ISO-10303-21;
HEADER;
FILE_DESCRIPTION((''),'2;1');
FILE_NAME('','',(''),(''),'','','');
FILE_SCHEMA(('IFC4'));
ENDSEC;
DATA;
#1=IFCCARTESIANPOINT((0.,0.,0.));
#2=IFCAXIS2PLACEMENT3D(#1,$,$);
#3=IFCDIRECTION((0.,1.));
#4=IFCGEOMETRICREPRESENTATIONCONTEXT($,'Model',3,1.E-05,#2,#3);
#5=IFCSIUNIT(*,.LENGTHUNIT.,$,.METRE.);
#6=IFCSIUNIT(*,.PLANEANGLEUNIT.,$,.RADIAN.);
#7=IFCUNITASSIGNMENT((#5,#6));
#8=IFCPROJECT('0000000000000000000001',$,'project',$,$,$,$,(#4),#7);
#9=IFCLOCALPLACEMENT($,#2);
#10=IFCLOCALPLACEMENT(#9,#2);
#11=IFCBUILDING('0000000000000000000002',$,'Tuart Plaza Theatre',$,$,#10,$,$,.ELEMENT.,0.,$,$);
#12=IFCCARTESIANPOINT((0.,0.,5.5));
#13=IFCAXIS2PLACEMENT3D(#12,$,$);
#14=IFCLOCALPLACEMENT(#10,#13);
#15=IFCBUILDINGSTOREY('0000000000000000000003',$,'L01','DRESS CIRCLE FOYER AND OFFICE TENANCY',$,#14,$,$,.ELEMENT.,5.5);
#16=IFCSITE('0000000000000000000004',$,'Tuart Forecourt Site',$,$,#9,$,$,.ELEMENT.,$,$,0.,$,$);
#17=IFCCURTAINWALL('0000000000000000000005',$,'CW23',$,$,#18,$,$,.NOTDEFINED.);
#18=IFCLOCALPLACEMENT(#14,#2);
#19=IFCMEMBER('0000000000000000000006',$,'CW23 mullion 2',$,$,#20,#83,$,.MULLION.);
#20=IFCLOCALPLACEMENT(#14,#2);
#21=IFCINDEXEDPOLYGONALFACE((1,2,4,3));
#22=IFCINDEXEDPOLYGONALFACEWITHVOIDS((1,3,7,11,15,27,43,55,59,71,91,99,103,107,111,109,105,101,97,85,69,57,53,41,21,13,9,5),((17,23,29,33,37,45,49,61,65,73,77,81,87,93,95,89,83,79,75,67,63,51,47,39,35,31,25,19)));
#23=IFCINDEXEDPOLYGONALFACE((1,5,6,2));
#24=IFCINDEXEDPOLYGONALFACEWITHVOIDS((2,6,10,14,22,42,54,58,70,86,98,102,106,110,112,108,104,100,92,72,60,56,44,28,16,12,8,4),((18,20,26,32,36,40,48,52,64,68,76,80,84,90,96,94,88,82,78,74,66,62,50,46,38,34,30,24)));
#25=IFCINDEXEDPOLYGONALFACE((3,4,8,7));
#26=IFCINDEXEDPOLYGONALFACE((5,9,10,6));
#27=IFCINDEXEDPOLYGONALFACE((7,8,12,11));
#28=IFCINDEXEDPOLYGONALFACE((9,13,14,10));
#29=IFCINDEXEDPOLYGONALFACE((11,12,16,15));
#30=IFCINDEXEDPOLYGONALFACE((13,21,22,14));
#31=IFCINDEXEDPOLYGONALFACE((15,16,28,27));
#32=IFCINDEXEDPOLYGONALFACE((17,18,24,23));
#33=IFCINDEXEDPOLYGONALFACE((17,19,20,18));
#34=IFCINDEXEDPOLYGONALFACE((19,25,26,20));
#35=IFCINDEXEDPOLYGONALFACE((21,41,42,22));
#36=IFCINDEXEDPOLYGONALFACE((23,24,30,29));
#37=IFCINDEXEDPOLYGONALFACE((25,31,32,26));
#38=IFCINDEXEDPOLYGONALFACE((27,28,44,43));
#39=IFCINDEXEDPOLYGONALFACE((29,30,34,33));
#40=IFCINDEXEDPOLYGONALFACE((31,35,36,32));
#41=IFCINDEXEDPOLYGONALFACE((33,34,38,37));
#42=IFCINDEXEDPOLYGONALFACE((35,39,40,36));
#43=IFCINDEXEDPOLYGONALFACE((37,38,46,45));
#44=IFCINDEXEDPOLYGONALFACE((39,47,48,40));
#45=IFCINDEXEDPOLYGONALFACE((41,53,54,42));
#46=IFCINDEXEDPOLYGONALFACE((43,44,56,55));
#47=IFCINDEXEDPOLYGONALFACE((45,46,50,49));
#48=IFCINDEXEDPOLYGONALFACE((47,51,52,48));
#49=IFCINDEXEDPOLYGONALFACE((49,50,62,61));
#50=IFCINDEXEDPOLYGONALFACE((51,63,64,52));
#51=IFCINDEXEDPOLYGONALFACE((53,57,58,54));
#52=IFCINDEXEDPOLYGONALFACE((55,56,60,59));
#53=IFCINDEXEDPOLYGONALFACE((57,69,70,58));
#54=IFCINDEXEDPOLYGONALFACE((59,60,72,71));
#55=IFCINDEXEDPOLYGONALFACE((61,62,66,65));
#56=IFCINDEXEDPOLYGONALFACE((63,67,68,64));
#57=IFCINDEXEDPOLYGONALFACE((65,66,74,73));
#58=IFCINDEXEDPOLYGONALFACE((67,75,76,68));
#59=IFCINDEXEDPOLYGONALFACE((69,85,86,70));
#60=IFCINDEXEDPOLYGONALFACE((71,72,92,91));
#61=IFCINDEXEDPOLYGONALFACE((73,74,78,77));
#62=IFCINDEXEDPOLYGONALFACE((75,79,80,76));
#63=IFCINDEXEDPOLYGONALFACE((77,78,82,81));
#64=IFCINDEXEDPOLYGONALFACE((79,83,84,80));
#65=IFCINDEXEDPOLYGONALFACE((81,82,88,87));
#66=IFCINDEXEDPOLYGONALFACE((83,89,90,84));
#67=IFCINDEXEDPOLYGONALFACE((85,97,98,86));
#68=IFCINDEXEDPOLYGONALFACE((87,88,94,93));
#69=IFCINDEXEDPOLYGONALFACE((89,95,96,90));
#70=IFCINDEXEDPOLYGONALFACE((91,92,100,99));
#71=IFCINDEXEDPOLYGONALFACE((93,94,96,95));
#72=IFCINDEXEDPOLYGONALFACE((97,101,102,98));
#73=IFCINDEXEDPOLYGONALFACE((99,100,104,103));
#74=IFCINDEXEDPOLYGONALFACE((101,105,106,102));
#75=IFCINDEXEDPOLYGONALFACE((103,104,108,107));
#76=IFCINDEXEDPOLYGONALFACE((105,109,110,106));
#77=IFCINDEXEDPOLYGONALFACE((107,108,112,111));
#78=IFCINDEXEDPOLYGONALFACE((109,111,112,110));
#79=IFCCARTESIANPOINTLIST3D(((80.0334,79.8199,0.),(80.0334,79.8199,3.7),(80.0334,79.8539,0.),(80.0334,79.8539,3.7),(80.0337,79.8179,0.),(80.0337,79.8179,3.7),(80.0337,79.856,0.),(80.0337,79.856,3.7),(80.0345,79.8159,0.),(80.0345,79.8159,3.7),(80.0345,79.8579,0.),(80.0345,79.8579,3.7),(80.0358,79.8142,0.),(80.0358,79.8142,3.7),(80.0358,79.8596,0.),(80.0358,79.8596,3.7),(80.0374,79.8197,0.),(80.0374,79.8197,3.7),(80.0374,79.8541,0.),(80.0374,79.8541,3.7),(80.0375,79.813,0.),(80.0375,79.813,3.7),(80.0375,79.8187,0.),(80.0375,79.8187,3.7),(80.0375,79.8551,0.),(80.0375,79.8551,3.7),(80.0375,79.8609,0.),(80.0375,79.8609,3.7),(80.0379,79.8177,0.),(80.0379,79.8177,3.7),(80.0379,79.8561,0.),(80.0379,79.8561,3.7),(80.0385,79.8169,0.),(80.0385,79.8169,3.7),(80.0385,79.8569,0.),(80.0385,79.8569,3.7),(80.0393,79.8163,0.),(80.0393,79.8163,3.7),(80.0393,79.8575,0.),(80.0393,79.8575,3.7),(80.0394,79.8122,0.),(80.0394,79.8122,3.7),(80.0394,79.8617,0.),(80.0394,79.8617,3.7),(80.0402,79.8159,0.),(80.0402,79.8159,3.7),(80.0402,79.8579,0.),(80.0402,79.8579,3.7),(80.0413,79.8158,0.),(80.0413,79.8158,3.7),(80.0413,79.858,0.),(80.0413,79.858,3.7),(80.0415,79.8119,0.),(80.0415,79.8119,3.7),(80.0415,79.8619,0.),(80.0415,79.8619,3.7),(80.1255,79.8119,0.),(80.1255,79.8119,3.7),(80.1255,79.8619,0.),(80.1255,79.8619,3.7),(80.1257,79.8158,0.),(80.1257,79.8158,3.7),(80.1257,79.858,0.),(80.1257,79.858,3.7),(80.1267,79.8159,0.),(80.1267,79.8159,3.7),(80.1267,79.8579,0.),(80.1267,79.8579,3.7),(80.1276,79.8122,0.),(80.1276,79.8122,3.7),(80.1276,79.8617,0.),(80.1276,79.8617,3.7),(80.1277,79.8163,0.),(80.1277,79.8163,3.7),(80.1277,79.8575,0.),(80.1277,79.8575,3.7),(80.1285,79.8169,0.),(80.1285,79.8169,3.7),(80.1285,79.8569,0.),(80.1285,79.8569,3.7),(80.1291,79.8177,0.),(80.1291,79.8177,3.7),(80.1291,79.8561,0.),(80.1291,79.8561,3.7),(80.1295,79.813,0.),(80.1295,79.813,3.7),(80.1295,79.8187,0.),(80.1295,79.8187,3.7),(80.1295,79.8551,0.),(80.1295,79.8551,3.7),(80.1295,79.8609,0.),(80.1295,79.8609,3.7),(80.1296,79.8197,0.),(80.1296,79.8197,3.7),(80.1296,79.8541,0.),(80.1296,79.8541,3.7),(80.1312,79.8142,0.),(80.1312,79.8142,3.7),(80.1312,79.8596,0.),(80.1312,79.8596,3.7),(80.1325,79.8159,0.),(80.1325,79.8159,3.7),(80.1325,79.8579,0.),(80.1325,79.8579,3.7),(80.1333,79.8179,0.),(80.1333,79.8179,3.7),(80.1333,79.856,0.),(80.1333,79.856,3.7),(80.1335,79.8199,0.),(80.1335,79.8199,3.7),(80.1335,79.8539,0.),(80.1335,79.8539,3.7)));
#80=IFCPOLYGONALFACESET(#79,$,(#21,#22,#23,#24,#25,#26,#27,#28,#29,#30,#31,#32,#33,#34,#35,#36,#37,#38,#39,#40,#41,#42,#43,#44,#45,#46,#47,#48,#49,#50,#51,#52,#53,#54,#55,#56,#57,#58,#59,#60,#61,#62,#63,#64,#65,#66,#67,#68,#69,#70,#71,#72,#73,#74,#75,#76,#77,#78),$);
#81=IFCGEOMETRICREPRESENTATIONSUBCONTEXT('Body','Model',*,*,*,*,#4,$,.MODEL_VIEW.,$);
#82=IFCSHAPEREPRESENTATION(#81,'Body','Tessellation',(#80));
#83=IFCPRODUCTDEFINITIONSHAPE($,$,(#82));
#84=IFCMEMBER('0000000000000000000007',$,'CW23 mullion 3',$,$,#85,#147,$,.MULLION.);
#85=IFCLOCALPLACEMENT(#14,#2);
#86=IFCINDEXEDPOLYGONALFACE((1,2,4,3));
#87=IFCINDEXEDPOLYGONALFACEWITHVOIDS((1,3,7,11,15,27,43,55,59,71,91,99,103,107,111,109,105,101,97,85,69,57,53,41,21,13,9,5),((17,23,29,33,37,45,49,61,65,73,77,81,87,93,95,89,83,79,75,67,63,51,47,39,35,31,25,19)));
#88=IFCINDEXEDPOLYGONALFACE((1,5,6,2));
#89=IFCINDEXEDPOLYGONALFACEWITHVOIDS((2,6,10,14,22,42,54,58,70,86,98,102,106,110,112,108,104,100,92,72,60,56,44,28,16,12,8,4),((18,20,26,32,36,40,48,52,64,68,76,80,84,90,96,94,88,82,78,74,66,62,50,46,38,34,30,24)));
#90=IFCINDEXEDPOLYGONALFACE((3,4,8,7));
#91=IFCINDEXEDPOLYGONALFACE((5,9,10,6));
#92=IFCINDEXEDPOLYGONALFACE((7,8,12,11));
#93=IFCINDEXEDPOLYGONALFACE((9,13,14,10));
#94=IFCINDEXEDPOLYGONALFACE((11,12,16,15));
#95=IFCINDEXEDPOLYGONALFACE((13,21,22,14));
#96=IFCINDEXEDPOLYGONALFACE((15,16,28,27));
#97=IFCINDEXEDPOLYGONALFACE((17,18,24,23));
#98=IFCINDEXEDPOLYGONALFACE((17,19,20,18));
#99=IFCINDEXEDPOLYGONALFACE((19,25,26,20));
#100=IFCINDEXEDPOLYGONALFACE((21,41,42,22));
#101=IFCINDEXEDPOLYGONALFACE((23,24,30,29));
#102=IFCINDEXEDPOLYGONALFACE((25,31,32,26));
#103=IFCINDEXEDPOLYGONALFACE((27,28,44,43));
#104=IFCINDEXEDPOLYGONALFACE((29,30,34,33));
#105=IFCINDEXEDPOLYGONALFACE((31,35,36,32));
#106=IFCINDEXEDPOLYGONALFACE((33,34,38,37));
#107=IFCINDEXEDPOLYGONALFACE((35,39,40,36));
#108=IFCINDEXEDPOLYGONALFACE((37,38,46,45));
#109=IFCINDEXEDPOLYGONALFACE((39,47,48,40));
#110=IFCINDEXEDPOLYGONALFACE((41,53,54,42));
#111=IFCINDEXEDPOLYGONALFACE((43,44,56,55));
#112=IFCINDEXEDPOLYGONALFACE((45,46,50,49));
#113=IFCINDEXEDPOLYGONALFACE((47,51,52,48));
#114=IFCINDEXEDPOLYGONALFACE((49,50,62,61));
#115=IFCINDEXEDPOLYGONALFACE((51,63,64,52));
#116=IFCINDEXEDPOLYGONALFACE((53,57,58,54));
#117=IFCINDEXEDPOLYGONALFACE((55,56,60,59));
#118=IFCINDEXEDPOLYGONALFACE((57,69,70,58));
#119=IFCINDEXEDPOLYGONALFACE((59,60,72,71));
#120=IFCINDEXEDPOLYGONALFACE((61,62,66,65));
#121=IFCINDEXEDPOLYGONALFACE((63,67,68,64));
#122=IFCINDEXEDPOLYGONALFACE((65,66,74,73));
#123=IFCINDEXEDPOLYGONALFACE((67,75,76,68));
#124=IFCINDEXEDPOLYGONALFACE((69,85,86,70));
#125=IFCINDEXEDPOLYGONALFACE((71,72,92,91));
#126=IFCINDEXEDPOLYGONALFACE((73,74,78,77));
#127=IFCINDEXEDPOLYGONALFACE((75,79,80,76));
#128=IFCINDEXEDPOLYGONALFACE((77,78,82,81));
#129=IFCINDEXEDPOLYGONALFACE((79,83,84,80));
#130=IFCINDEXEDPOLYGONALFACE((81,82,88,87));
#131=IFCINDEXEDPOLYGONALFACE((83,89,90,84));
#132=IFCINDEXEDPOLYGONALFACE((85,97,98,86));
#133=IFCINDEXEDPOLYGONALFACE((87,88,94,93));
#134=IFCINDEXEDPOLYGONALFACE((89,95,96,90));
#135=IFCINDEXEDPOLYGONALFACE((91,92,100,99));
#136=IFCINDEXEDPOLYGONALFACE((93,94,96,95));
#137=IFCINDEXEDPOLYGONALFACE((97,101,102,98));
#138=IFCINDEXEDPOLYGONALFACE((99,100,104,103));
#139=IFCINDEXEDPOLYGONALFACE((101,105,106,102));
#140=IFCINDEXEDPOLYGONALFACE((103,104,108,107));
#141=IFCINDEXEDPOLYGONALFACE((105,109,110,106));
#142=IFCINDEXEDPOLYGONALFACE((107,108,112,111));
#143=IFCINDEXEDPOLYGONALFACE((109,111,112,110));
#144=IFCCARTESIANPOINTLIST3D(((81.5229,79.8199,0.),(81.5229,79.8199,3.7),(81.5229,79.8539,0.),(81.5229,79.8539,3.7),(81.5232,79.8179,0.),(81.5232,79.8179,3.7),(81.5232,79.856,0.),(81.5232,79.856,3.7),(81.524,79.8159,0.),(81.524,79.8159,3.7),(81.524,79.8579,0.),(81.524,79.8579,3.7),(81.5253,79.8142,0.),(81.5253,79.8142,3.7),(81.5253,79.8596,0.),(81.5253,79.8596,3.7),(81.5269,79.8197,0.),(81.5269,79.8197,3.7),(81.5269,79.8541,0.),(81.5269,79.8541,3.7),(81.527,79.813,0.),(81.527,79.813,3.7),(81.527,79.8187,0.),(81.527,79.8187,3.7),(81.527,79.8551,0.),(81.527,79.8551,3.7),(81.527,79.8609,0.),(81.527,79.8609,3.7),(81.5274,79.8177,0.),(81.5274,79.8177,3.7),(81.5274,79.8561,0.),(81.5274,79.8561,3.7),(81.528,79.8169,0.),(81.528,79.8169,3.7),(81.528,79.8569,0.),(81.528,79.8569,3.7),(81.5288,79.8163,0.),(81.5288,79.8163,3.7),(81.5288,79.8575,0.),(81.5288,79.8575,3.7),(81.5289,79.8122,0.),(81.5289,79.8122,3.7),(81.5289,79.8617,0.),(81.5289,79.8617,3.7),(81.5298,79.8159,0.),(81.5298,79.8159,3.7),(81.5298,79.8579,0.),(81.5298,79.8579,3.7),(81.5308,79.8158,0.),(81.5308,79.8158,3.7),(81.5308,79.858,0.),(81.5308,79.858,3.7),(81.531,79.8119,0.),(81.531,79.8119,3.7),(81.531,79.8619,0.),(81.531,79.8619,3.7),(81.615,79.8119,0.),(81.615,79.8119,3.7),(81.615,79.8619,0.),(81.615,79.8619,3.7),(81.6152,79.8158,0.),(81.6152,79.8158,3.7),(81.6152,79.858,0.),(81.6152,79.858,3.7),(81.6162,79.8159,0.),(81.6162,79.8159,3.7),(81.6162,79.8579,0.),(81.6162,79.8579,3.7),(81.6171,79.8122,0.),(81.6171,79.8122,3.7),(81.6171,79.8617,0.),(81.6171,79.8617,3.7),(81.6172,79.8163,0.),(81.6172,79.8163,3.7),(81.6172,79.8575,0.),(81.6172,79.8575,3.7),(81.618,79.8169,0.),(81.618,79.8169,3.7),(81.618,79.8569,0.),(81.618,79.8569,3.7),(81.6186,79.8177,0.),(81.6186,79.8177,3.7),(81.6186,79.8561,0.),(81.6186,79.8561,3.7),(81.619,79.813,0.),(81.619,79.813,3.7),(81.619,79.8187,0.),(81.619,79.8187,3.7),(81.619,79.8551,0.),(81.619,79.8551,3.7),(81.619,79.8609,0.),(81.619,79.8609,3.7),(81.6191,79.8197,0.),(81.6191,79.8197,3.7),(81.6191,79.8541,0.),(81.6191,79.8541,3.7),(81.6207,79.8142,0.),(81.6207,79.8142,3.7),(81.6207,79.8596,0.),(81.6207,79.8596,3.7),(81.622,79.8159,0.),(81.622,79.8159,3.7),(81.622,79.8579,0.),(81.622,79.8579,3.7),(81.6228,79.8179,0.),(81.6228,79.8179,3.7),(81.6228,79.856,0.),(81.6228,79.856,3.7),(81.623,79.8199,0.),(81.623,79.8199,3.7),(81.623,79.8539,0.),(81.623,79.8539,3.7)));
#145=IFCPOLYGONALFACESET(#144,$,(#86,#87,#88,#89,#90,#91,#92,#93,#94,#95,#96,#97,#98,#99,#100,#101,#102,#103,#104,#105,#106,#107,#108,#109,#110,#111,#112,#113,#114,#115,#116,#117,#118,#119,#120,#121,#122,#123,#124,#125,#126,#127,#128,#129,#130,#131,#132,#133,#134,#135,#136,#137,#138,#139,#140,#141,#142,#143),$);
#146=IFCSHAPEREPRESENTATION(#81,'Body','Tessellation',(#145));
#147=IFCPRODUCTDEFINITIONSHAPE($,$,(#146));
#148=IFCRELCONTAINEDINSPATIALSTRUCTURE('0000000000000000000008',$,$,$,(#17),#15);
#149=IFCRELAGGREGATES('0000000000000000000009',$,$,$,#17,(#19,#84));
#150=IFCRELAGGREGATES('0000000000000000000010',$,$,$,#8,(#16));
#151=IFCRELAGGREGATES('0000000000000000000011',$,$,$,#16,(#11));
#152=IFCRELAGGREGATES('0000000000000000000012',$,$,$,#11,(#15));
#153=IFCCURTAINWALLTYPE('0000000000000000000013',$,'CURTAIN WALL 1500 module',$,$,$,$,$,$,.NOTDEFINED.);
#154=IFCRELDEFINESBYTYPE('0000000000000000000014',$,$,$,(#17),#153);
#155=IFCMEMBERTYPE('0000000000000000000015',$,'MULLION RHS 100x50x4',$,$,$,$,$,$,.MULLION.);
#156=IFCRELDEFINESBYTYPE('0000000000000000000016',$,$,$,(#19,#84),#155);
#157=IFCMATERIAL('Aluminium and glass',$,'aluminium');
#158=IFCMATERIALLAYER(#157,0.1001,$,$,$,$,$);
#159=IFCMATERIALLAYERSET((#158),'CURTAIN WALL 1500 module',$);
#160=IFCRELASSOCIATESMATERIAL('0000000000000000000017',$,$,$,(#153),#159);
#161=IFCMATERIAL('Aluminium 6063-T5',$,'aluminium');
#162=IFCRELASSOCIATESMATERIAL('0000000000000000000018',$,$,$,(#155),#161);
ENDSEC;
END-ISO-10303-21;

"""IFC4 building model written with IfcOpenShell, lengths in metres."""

from ifc_helpers import new_model, si_unit, direction, frame, origin, origin_2d, place, context, subcontext, project, spatial, hollow_rectangle, extrude, material, layer, layer_set, material_profile, profile_set, type_object, element, aggregate, save


model = new_model("IFC4")

# Units and contexts
model_context = context("Model", 3, precision=1e-05, world=origin(), true_north=direction((0.0, 1.0)))
body_context = subcontext(model_context, "Body", "Model", "MODEL_VIEW")
ifc_project = project(units=[si_unit("LENGTHUNIT", "METRE"), si_unit("PLANEANGLEUNIT", "RADIAN")], contexts=[model_context])

# Site, building, storey
site_placement = place(None, origin())
site = spatial("IfcSite", under=ifc_project, at=site_placement, Name="Tuart Forecourt Site", CompositionType="ELEMENT", RefElevation=0.0)
building_placement = place(site_placement, origin())
building = spatial("IfcBuilding", under=site, at=building_placement, Name="Tuart Plaza Theatre", CompositionType="ELEMENT", ElevationOfRefHeight=0.0)
storey_placement = place(building_placement, frame((0.0, 0.0, 5.5)))
storey = spatial("IfcBuildingStorey", under=building, at=storey_placement, Name="L01", Description="DRESS CIRCLE FOYER AND OFFICE TENANCY", CompositionType="ELEMENT", Elevation=5.5)

# Curtain wall, members
ifc_material_1 = material(Name="Aluminium and glass", Category="aluminium")
ifc_layer_1 = layer(ifc_material_1, 0.1001)
ifc_layer_set_1 = layer_set([ifc_layer_1], Name="CURTAIN WALL 1500 module")
curtain_wall_type = type_object("IfcCurtainWallType", Name="CURTAIN WALL 1500 module", PredefinedType="NOTDEFINED", material=ifc_layer_set_1)
curtain_wall_placement = place(storey_placement, origin())
curtain_wall = element("IfcCurtainWall", 1, at=curtain_wall_placement, inside=storey, type_object=curtain_wall_type, Name="CW23", PredefinedType="NOTDEFINED")
ifc_material_2 = material(Name="Aluminium 6063-T5", Category="aluminium")
ifc_material_profile_1 = material_profile(ifc_material_2, hollow_rectangle(XDim=0.05, YDim=0.1001, WallThickness=0.0039, InnerFilletRadius=0.0039, OuterFilletRadius=0.0081, at=origin_2d()), Name="RHS 100x50x4")
ifc_profile_set_1 = profile_set([ifc_material_profile_1], Name="Aluminium 6063-T5")
member_type_1 = type_object("IfcMemberType", Name="MULLION RHS 100x50x4", PredefinedType="MULLION", material=ifc_profile_set_1)
member_1_placement = place(storey_placement, frame((80.0835, 79.8369, 0.0), z_axis=(0.0, 0.0, 1.0), x_axis=(0.0, 1.0, 0.0)))
member_1 = element("IfcMember", 2, at=member_1_placement, type_object=member_type_1, Name="CW23 mullion 2", PredefinedType="MULLION", context=body_context, shape_type="SweptSolid", body=[
    extrude(hollow_rectangle(XDim=0.05, YDim=0.1001, WallThickness=0.0039, InnerFilletRadius=0.0039, OuterFilletRadius=0.0081, at=origin_2d()), origin(), (0.0, 0.0, 1.0), 3.7),
])
member_2_placement = place(storey_placement, frame((81.573, 79.8369, 0.0), z_axis=(0.0, 0.0, 1.0), x_axis=(0.0, 1.0, 0.0)))
member_2 = element("IfcMember", 3, at=member_2_placement, type_object=member_type_1, Name="CW23 mullion 3", PredefinedType="MULLION", context=body_context, shape_type="SweptSolid", body=[
    extrude(hollow_rectangle(XDim=0.05, YDim=0.1001, WallThickness=0.0039, InnerFilletRadius=0.0039, OuterFilletRadius=0.0081, at=origin_2d()), origin(), (0.0, 0.0, 1.0), 3.7),
])
aggregate(curtain_wall, [member_1, member_2])

save(model, "model.ifc")
